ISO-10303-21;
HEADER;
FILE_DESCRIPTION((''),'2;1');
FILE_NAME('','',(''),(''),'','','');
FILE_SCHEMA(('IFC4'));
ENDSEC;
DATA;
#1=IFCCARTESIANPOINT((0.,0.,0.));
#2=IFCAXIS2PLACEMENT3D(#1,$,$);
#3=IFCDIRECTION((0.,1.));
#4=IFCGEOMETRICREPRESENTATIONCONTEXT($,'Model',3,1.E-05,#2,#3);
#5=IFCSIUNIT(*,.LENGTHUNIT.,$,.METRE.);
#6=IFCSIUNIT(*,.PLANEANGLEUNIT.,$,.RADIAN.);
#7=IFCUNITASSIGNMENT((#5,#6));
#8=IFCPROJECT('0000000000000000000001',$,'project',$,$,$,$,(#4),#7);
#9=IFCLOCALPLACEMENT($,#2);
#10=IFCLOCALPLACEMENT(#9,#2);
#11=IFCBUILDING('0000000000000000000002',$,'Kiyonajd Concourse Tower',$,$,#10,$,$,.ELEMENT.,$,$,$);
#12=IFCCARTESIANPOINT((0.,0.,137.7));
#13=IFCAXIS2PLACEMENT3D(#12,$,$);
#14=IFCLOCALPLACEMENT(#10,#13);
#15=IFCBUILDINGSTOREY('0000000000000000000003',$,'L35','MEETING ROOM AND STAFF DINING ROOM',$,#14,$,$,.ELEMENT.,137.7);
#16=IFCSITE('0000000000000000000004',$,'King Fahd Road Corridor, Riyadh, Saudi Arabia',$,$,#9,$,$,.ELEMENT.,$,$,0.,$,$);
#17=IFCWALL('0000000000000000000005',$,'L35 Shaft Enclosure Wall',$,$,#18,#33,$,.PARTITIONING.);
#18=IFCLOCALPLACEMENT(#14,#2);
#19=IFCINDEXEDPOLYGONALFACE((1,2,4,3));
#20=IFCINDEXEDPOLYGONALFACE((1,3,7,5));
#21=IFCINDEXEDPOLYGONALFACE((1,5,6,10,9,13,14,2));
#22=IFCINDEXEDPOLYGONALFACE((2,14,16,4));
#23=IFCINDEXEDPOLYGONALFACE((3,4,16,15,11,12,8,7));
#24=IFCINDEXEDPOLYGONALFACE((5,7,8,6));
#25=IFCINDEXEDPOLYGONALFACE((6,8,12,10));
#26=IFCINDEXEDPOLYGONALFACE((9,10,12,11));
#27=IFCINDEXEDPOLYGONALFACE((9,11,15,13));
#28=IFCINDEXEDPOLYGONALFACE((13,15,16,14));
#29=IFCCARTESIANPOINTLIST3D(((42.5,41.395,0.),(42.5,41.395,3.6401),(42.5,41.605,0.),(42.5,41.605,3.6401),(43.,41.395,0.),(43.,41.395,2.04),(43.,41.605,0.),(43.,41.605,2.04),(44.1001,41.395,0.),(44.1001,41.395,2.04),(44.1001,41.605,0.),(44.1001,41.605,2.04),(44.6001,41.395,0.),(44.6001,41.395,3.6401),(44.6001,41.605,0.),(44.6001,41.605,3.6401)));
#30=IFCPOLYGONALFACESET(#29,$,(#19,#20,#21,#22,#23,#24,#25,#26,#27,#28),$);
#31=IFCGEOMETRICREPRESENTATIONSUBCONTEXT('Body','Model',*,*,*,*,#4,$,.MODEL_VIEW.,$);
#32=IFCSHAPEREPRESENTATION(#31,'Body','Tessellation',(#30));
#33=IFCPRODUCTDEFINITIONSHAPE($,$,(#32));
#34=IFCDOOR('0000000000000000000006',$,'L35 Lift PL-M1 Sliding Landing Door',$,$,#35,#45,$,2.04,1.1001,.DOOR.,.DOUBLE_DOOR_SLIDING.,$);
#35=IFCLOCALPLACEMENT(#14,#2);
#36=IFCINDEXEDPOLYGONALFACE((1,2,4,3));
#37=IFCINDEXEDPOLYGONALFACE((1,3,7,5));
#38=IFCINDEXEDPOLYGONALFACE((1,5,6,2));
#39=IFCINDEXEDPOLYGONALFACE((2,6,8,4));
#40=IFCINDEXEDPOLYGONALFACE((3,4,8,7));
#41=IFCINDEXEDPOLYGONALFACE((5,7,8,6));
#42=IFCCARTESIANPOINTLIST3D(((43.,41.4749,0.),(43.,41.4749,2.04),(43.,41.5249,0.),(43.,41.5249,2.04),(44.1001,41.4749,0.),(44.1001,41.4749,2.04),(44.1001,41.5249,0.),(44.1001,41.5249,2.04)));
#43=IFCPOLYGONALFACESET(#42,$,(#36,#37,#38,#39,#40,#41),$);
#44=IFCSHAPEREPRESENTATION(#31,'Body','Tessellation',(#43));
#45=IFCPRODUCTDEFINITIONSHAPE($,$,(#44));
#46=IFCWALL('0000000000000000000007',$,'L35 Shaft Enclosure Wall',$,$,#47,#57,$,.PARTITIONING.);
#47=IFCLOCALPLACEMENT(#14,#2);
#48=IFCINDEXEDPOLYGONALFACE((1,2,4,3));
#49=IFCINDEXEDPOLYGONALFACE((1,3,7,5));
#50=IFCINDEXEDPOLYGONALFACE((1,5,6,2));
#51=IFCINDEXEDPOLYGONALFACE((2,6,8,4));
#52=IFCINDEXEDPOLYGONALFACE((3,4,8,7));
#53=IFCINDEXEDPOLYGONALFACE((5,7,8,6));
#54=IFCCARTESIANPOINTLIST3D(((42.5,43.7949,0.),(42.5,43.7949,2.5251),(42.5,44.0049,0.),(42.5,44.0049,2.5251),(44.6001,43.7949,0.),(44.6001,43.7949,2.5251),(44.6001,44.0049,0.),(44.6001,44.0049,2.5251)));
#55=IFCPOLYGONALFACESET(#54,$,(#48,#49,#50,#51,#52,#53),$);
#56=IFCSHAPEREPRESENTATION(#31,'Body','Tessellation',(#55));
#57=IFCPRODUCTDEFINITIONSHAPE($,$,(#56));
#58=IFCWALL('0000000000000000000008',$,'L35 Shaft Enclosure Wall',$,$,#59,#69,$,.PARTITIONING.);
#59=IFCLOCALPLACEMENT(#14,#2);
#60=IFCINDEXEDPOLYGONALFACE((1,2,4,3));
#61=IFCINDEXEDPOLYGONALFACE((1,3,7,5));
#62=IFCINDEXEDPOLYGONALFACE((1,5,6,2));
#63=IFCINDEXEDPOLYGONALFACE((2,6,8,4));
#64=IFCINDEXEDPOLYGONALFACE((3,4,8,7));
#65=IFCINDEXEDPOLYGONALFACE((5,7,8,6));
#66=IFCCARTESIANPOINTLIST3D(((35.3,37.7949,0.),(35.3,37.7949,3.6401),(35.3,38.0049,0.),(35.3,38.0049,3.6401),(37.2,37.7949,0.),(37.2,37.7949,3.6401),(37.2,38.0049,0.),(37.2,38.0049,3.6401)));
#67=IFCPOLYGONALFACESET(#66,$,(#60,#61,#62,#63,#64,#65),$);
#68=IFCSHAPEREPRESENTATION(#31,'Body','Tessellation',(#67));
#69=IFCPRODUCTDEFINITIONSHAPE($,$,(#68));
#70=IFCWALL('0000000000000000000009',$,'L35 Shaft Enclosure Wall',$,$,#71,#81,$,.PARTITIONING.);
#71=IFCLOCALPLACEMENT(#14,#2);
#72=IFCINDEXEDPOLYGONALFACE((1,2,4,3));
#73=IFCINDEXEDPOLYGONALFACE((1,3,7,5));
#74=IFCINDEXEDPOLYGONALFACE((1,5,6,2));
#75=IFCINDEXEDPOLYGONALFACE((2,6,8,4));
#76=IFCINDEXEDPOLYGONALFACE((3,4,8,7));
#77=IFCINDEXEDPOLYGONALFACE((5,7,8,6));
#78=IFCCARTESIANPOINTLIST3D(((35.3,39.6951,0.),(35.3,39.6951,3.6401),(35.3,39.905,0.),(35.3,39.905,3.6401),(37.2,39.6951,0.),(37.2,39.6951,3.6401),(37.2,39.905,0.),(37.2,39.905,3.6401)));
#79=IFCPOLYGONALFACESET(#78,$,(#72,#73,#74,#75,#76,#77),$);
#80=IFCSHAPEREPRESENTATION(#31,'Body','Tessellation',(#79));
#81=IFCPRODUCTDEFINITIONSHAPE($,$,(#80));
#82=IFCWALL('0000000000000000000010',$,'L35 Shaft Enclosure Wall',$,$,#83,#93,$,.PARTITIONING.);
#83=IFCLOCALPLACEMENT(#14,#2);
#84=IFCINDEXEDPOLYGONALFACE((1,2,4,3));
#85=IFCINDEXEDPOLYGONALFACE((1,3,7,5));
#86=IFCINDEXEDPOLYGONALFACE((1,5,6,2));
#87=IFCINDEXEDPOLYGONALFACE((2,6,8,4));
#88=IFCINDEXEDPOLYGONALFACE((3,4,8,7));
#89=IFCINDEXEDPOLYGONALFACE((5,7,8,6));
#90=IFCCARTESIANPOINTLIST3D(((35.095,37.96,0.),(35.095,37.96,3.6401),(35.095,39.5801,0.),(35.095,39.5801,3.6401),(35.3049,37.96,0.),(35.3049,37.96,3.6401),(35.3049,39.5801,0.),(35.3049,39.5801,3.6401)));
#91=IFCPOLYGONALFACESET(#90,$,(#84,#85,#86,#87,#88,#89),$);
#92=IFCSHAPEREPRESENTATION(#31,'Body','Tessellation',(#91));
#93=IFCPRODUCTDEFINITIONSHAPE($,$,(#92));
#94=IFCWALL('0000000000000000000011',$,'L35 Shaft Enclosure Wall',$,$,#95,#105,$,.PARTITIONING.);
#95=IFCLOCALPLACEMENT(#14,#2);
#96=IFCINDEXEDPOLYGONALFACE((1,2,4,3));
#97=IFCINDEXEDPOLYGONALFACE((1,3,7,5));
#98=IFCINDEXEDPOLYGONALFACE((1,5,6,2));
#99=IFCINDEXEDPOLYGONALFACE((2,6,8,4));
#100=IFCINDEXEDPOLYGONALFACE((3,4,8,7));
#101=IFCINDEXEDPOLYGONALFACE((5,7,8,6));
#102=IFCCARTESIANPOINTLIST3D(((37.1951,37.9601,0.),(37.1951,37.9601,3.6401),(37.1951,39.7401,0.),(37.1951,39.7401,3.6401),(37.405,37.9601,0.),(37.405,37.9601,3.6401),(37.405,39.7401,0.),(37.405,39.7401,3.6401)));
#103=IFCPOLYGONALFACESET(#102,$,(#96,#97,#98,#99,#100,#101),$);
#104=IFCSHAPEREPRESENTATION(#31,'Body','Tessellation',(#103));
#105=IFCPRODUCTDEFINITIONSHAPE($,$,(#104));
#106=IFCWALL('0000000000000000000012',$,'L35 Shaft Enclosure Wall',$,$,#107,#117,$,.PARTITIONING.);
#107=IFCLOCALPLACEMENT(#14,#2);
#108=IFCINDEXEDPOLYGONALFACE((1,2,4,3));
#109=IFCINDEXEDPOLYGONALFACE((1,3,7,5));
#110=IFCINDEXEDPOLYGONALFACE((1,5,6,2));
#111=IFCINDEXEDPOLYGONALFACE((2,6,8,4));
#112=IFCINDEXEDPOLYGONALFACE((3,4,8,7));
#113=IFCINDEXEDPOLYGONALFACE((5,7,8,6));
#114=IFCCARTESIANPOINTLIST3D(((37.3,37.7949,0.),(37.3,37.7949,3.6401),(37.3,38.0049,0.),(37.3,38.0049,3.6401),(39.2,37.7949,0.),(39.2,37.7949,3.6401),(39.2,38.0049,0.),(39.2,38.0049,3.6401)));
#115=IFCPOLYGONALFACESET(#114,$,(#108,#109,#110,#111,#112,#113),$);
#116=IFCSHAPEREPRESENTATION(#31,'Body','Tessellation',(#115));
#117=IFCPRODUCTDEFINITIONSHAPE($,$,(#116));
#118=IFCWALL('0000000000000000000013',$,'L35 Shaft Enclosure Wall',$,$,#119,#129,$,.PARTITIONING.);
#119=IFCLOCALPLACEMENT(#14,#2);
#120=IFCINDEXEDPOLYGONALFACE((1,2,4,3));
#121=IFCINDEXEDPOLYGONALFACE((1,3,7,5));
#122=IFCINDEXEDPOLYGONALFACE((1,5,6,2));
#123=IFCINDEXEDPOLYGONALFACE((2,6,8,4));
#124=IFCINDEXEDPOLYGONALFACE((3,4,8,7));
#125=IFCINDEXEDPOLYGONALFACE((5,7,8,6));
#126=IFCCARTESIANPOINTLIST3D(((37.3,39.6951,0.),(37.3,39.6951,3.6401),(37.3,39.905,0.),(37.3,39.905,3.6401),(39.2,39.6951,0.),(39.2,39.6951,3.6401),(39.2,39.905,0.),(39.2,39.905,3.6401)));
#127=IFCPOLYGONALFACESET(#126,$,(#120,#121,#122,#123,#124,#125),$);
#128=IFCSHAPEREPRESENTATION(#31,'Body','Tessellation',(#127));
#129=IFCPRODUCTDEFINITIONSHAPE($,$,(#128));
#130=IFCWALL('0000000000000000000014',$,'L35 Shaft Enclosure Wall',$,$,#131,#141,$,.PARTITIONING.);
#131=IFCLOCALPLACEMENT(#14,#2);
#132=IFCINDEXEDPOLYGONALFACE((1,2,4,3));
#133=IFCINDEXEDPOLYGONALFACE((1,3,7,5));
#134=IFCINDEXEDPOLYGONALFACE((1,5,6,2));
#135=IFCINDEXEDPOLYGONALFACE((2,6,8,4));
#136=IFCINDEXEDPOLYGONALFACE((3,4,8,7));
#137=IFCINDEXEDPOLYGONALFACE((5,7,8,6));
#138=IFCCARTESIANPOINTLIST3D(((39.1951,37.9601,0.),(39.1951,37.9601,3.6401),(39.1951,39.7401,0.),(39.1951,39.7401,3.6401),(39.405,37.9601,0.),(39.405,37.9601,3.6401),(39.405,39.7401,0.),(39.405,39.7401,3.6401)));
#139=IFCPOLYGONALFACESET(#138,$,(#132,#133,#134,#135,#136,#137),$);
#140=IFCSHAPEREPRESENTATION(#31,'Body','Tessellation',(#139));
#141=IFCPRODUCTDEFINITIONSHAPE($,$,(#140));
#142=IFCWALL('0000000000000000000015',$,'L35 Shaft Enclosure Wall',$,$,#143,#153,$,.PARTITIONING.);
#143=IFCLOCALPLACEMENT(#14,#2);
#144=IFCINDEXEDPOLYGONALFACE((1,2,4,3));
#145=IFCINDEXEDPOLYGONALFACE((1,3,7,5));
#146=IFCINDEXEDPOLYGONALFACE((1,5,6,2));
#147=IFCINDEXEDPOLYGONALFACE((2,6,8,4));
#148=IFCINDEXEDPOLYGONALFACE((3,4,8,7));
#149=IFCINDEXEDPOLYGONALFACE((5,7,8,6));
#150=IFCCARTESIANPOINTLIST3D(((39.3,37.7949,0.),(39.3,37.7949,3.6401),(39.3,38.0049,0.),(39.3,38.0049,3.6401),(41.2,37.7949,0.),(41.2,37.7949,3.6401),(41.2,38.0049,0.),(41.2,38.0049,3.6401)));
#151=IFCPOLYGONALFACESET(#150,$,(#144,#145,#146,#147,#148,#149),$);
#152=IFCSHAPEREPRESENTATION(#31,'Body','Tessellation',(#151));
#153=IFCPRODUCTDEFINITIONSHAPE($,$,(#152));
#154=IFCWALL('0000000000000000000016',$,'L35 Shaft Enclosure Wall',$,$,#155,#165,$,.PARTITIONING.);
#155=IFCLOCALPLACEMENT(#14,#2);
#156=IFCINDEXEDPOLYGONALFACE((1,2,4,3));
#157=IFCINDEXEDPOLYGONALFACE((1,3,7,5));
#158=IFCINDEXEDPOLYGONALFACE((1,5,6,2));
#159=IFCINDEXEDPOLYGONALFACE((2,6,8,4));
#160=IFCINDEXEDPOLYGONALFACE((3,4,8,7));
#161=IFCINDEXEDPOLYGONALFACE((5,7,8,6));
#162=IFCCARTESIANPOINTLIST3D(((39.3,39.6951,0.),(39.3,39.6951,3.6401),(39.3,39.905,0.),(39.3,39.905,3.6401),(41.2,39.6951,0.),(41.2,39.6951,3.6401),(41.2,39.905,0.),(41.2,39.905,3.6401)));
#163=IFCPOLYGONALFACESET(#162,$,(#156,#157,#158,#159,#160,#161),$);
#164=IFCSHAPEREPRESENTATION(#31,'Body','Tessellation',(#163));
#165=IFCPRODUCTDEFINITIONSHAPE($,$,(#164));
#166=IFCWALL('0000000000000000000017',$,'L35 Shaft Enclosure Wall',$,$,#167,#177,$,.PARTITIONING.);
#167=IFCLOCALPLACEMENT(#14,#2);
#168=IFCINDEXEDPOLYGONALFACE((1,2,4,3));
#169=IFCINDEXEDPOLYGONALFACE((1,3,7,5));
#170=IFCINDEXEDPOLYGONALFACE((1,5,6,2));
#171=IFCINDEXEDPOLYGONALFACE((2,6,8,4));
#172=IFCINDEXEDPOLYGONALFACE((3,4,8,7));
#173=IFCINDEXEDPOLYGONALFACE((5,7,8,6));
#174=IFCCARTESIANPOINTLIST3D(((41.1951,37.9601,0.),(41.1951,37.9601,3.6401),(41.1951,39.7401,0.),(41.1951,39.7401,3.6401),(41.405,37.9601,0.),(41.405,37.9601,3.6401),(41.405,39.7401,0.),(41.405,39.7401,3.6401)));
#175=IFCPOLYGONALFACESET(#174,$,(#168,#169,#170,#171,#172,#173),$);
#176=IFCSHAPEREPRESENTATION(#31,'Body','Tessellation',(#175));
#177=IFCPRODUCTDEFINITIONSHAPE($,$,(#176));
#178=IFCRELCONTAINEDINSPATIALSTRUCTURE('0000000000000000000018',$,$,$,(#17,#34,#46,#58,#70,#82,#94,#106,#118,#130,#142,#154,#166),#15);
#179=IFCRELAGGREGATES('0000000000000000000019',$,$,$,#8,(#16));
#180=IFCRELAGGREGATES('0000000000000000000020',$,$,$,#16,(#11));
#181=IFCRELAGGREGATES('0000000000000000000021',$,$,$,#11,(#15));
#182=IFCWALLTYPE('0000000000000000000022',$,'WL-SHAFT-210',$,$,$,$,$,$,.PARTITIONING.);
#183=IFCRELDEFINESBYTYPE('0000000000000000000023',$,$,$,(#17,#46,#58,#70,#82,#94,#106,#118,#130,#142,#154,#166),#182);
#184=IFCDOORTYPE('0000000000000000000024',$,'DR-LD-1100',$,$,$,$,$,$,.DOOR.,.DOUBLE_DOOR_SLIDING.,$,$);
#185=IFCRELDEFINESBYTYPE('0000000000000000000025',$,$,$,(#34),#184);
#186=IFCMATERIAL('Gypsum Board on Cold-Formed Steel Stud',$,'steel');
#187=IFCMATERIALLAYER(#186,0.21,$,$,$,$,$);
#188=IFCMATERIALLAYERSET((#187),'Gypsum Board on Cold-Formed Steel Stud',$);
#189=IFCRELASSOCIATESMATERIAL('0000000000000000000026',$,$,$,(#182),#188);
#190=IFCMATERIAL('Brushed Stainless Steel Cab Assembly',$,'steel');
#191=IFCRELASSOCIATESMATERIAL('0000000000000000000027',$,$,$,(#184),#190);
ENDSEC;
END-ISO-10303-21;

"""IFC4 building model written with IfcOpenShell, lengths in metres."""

from ifc_helpers import new_model, si_unit, direction, frame, frame_2d, origin, place, context, subcontext, project, spatial, rectangle, extrude, material, layer, layer_set, type_object, element, fill, save


model = new_model("IFC4")

# Units and contexts
model_context = context("Model", 3, precision=1e-05, world=origin(), true_north=direction((0.0, 1.0)))
body_context = subcontext(model_context, "Body", "Model", "MODEL_VIEW")
ifc_project = project(units=[si_unit("LENGTHUNIT", "METRE"), si_unit("PLANEANGLEUNIT", "RADIAN")], contexts=[model_context])

# Site, building, storey
site_placement = place(None, origin())
site = spatial("IfcSite", under=ifc_project, at=site_placement, Name="King Fahd Road Corridor, Riyadh, Saudi Arabia", CompositionType="ELEMENT", RefElevation=0.0)
building_placement = place(site_placement, origin())
building = spatial("IfcBuilding", under=site, at=building_placement, Name="Kiyonajd Concourse Tower", CompositionType="ELEMENT")
storey_placement = place(building_placement, frame((0.0, 0.0, 137.7)))
storey = spatial("IfcBuildingStorey", under=building, at=storey_placement, Name="L35", Description="MEETING ROOM AND STAFF DINING ROOM", CompositionType="ELEMENT", Elevation=137.7)

# Shared definitions
ifc_material_1 = material(Name="Gypsum Board on Cold-Formed Steel Stud", Category="steel")
ifc_layer_1 = layer(ifc_material_1, 0.21)
ifc_layer_set_1 = layer_set([ifc_layer_1], Name="Gypsum Board on Cold-Formed Steel Stud")
wall_type_1 = type_object("IfcWallType", Name="WL-SHAFT-210", PredefinedType="PARTITIONING", material=ifc_layer_set_1)

# Wall, opening, door
wall_1_placement = place(storey_placement, frame((42.5, 41.5, 0.0), z_axis=(0.0, 0.0, 1.0), x_axis=(1.0, 0.0, 0.0)))
wall_1 = element("IfcWall", 1, at=wall_1_placement, inside=storey, type_object=wall_type_1, Name="L35 Shaft Enclosure Wall", PredefinedType="PARTITIONING", context=body_context, shape_type="SweptSolid", body=[
    extrude(rectangle(XDim=2.1001, YDim=0.21, at=frame_2d((1.05, 0.0))), origin(), (0.0, 0.0, 1.0), 3.6401),
])
opening_1_placement = place(wall_1_placement, frame((0.5, 0.0, 0.0)))
opening_1 = element("IfcOpeningElement", 2, at=opening_1_placement, cuts=wall_1, PredefinedType="OPENING", context=body_context, shape_type="SweptSolid", body=[
    extrude(rectangle(XDim=1.1001, YDim=2.04, at=frame_2d((0.55, 1.02))), frame((0.0, 0.115, 0.0), z_axis=(0.0, -1.0, 0.0), x_axis=(1.0, 0.0, 0.0)), (0.0, 0.0, 1.0), 0.23),
])
ifc_material_2 = material(Name="Brushed Stainless Steel Cab Assembly", Category="steel")
door_type_1 = type_object("IfcDoorType", Name="DR-LD-1100", OperationType="DOUBLE_DOOR_SLIDING", PredefinedType="DOOR", material=ifc_material_2)
door_1_placement = place(opening_1_placement, origin())
door_1 = element("IfcDoor", 3, at=door_1_placement, inside=storey, type_object=door_type_1, Name="L35 Lift PL-M1 Sliding Landing Door", OperationType="DOUBLE_DOOR_SLIDING", OverallHeight=2.04, OverallWidth=1.1001, PredefinedType="DOOR", context=body_context, shape_type="SweptSolid", body=[
    extrude(rectangle(XDim=1.1001, YDim=2.04, at=frame_2d((0.55, 1.02))), frame((0.0, 0.0249, 0.0), z_axis=(0.0, -1.0, 0.0), x_axis=(1.0, 0.0, 0.0)), (0.0, 0.0, 1.0), 0.05),
])
fill(opening_1, door_1)

# Walls
wall_2_placement = place(storey_placement, frame((42.5, 43.8999, 0.0), z_axis=(0.0, 0.0, 1.0), x_axis=(1.0, 0.0, 0.0)))
element("IfcWall", 4, at=wall_2_placement, inside=storey, type_object=wall_type_1, Name="L35 Shaft Enclosure Wall", PredefinedType="PARTITIONING", context=body_context, shape_type="SweptSolid", body=[
    extrude(rectangle(XDim=2.1001, YDim=0.21, at=frame_2d((1.05, 0.0))), origin(), (0.0, 0.0, 1.0), 2.5251),
])
for number, where, z_axis, x_axis, name in (
    (5, (35.3, 37.8999, 0.0), (0.0, 0.0, 1.0), (1.0, 0.0, 0.0), "L35 Shaft Enclosure Wall"),
    (6, (35.3, 39.8, 0.0), (0.0, 0.0, 1.0), (1.0, 0.0, 0.0), "L35 Shaft Enclosure Wall"),
):
    element("IfcWall", number, at=place(storey_placement, frame(where, z_axis=z_axis, x_axis=x_axis)), inside=storey, type_object=wall_type_1, Name=name, PredefinedType="PARTITIONING", context=body_context, shape_type="SweptSolid", body=[
        extrude(rectangle(XDim=1.8999, YDim=0.21, at=frame_2d((0.95, 0.0))), origin(), (0.0, 0.0, 1.0), 3.6401),
    ])
wall_3_placement = place(storey_placement, frame((35.2, 37.96, 0.0), z_axis=(0.0, 0.0, 1.0), x_axis=(0.0, 1.0, 0.0)))
element("IfcWall", 7, at=wall_3_placement, inside=storey, type_object=wall_type_1, Name="L35 Shaft Enclosure Wall", PredefinedType="PARTITIONING", context=body_context, shape_type="SweptSolid", body=[
    extrude(rectangle(XDim=1.6201, YDim=0.21, at=frame_2d((0.8101, 0.0))), origin(), (0.0, 0.0, 1.0), 3.6401),
])
wall_4_placement = place(storey_placement, frame((37.3, 37.96, 0.0), z_axis=(0.0, 0.0, 1.0), x_axis=(0.0, 1.0, 0.0)))
element("IfcWall", 8, at=wall_4_placement, inside=storey, type_object=wall_type_1, Name="L35 Shaft Enclosure Wall", PredefinedType="PARTITIONING", context=body_context, shape_type="SweptSolid", body=[
    extrude(rectangle(XDim=1.78, YDim=0.21, at=frame_2d((0.8901, 0.0))), origin(), (0.0, 0.0, 1.0), 3.6401),
])
for number, where, z_axis, x_axis, name in (
    (9, (37.3, 37.8999, 0.0), (0.0, 0.0, 1.0), (1.0, 0.0, 0.0), "L35 Shaft Enclosure Wall"),
    (10, (37.3, 39.8, 0.0), (0.0, 0.0, 1.0), (1.0, 0.0, 0.0), "L35 Shaft Enclosure Wall"),
):
    element("IfcWall", number, at=place(storey_placement, frame(where, z_axis=z_axis, x_axis=x_axis)), inside=storey, type_object=wall_type_1, Name=name, PredefinedType="PARTITIONING", context=body_context, shape_type="SweptSolid", body=[
        extrude(rectangle(XDim=1.8999, YDim=0.21, at=frame_2d((0.95, 0.0))), origin(), (0.0, 0.0, 1.0), 3.6401),
    ])
wall_5_placement = place(storey_placement, frame((39.3, 37.96, 0.0), z_axis=(0.0, 0.0, 1.0), x_axis=(0.0, 1.0, 0.0)))
element("IfcWall", 11, at=wall_5_placement, inside=storey, type_object=wall_type_1, Name="L35 Shaft Enclosure Wall", PredefinedType="PARTITIONING", context=body_context, shape_type="SweptSolid", body=[
    extrude(rectangle(XDim=1.78, YDim=0.21, at=frame_2d((0.8901, 0.0))), origin(), (0.0, 0.0, 1.0), 3.6401),
])
for number, where, z_axis, x_axis, name in (
    (12, (39.3, 37.8999, 0.0), (0.0, 0.0, 1.0), (1.0, 0.0, 0.0), "L35 Shaft Enclosure Wall"),
    (13, (39.3, 39.8, 0.0), (0.0, 0.0, 1.0), (1.0, 0.0, 0.0), "L35 Shaft Enclosure Wall"),
):
    element("IfcWall", number, at=place(storey_placement, frame(where, z_axis=z_axis, x_axis=x_axis)), inside=storey, type_object=wall_type_1, Name=name, PredefinedType="PARTITIONING", context=body_context, shape_type="SweptSolid", body=[
        extrude(rectangle(XDim=1.8999, YDim=0.21, at=frame_2d((0.95, 0.0))), origin(), (0.0, 0.0, 1.0), 3.6401),
    ])
wall_6_placement = place(storey_placement, frame((41.3, 37.96, 0.0), z_axis=(0.0, 0.0, 1.0), x_axis=(0.0, 1.0, 0.0)))
element("IfcWall", 14, at=wall_6_placement, inside=storey, type_object=wall_type_1, Name="L35 Shaft Enclosure Wall", PredefinedType="PARTITIONING", context=body_context, shape_type="SweptSolid", body=[
    extrude(rectangle(XDim=1.78, YDim=0.21, at=frame_2d((0.8901, 0.0))), origin(), (0.0, 0.0, 1.0), 3.6401),
])

save(model, "model.ifc")
